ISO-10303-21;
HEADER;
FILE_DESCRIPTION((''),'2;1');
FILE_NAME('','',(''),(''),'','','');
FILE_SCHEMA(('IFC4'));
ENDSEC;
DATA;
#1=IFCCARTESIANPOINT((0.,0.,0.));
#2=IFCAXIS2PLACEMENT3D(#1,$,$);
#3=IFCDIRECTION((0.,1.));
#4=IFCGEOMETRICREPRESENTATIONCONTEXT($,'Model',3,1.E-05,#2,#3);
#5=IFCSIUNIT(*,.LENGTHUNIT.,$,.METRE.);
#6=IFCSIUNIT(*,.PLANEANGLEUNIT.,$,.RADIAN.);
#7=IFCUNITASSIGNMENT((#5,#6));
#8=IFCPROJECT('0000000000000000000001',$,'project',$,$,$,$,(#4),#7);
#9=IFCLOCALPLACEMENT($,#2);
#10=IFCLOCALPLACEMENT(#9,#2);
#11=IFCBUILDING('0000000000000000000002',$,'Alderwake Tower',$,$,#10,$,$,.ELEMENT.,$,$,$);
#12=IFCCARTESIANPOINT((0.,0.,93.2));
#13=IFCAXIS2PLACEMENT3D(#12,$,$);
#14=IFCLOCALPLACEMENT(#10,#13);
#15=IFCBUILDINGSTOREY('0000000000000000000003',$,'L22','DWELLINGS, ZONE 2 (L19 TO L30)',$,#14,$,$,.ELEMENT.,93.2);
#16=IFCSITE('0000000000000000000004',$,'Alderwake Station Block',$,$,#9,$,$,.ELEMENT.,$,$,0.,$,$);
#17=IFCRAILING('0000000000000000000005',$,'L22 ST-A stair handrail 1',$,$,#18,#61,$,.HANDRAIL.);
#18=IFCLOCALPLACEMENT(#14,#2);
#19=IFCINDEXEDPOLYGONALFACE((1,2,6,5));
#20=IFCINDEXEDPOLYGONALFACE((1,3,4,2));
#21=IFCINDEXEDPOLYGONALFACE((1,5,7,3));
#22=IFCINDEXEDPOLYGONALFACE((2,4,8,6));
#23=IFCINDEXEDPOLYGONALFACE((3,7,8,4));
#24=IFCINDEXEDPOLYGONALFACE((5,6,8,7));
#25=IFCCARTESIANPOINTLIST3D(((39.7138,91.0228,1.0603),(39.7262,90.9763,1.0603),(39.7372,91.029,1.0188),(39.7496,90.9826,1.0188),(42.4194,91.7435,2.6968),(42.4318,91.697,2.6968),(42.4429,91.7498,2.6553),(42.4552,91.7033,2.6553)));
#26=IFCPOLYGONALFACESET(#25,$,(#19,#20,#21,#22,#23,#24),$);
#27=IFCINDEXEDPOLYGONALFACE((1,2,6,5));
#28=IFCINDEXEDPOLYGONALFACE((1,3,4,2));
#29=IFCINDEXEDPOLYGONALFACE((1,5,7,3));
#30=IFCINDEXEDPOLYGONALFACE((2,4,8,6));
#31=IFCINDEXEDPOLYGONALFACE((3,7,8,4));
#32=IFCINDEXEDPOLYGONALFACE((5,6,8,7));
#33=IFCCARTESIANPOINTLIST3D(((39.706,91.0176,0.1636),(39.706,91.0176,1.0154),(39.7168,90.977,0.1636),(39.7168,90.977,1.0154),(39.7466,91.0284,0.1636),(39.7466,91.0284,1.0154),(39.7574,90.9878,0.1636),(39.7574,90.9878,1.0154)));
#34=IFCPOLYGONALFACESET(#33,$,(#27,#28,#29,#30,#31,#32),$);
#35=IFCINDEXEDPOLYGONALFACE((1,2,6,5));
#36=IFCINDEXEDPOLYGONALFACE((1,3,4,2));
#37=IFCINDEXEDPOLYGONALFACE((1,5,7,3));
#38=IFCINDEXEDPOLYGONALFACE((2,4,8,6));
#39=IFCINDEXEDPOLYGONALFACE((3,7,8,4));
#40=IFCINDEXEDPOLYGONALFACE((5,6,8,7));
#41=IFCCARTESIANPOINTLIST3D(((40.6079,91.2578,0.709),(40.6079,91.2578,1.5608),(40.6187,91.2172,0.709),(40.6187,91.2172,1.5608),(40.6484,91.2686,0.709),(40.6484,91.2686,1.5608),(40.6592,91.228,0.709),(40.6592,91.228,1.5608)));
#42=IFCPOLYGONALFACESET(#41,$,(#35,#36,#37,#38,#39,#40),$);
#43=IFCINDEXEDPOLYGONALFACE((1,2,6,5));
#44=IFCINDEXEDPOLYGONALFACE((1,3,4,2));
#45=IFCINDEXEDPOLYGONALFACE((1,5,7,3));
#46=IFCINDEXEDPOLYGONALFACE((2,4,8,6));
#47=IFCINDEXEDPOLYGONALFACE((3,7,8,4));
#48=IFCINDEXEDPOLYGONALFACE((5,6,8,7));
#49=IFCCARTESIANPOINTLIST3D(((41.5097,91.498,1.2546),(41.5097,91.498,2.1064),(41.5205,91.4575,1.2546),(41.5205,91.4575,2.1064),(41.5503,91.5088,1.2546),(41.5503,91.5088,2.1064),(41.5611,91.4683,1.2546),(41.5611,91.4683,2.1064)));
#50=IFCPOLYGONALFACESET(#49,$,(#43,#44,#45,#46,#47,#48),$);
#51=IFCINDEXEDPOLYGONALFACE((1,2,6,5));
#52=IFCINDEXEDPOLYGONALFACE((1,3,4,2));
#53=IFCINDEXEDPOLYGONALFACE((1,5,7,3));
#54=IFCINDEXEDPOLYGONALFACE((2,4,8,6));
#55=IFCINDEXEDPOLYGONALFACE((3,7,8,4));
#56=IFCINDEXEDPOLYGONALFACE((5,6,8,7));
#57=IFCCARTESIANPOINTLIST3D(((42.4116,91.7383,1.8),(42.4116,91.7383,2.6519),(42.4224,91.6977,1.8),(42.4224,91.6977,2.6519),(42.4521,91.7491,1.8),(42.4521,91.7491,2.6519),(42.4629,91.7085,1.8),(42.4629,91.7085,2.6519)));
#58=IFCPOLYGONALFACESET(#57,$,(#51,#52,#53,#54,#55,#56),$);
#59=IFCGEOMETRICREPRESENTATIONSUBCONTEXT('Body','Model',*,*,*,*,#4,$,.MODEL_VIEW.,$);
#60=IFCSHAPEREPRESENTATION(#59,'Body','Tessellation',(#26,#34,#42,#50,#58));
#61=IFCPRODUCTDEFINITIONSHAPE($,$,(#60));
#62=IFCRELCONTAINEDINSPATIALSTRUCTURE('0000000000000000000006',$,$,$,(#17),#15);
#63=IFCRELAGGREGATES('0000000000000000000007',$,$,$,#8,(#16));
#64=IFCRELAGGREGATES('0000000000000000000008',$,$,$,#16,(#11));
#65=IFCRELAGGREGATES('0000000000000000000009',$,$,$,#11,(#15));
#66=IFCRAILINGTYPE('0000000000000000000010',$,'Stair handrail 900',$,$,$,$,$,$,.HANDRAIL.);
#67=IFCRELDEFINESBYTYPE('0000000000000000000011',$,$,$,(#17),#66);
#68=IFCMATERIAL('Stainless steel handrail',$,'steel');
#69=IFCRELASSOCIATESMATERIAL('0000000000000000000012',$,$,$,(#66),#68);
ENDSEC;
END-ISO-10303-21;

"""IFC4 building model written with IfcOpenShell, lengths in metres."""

from ifc_helpers import new_model, si_unit, direction, frame, origin, origin_2d, place, context, subcontext, project, spatial, rectangle, extrude, material, type_object, element, save


model = new_model("IFC4")

# Units and contexts
model_context = context("Model", 3, precision=1e-05, world=origin(), true_north=direction((0.0, 1.0)))
body_context = subcontext(model_context, "Body", "Model", "MODEL_VIEW")
ifc_project = project(units=[si_unit("LENGTHUNIT", "METRE"), si_unit("PLANEANGLEUNIT", "RADIAN")], contexts=[model_context])

# Site, building, storey
site_placement = place(None, origin())
site = spatial("IfcSite", under=ifc_project, at=site_placement, Name="Alderwake Station Block", CompositionType="ELEMENT", RefElevation=0.0)
building_placement = place(site_placement, origin())
building = spatial("IfcBuilding", under=site, at=building_placement, Name="Alderwake Tower", CompositionType="ELEMENT")
storey_placement = place(building_placement, frame((0.0, 0.0, 93.2)))
storey = spatial("IfcBuildingStorey", under=building, at=storey_placement, Name="L22", Description="DWELLINGS, ZONE 2 (L19 TO L30)", CompositionType="ELEMENT", Elevation=93.2)

# Railing
ifc_material_1 = material(Name="Stainless steel handrail", Category="steel")
railing_type_1 = type_object("IfcRailingType", Name="Stair handrail 900", PredefinedType="HANDRAIL", material=ifc_material_1)
railing_1_placement = place(storey_placement, frame((39.7317, 91.0027, 0.1636)))
element("IfcRailing", 1, at=railing_1_placement, inside=storey, type_object=railing_type_1, Name="L22 ST-A stair handrail 1", PredefinedType="HANDRAIL", context=body_context, shape_type="SweptSolid", body=[
    extrude(rectangle(XDim=0.0481, YDim=0.0481, at=origin_2d()), frame((0.0, 0.0, 0.876), z_axis=(0.834259, 0.222228, 0.504605), x_axis=(-0.257402, 0.966304, 0.0)), (0.0, 0.0, 1.0), 3.2432),
    extrude(rectangle(XDim=0.042, YDim=0.042, at=origin_2d()), frame((0.0, 0.0, 0.0), z_axis=(0.0, 0.0, 1.0), x_axis=(0.966304, 0.257402, 0.0)), (0.0, 0.0, 1.0), 0.8518),
    extrude(rectangle(XDim=0.042, YDim=0.042, at=origin_2d()), frame((0.9019, 0.2402, 0.5454), z_axis=(0.0, 0.0, 1.0), x_axis=(0.966304, 0.257402, 0.0)), (0.0, 0.0, 1.0), 0.8518),
    extrude(rectangle(XDim=0.042, YDim=0.042, at=origin_2d()), frame((1.8037, 0.4805, 1.0911), z_axis=(0.0, 0.0, 1.0), x_axis=(0.966304, 0.257402, 0.0)), (0.0, 0.0, 1.0), 0.8518),
    extrude(rectangle(XDim=0.042, YDim=0.042, at=origin_2d()), frame((2.7056, 0.7207, 1.6365), z_axis=(0.0, 0.0, 1.0), x_axis=(0.966304, 0.257402, 0.0)), (0.0, 0.0, 1.0), 0.8518),
])

save(model, "model.ifc")
